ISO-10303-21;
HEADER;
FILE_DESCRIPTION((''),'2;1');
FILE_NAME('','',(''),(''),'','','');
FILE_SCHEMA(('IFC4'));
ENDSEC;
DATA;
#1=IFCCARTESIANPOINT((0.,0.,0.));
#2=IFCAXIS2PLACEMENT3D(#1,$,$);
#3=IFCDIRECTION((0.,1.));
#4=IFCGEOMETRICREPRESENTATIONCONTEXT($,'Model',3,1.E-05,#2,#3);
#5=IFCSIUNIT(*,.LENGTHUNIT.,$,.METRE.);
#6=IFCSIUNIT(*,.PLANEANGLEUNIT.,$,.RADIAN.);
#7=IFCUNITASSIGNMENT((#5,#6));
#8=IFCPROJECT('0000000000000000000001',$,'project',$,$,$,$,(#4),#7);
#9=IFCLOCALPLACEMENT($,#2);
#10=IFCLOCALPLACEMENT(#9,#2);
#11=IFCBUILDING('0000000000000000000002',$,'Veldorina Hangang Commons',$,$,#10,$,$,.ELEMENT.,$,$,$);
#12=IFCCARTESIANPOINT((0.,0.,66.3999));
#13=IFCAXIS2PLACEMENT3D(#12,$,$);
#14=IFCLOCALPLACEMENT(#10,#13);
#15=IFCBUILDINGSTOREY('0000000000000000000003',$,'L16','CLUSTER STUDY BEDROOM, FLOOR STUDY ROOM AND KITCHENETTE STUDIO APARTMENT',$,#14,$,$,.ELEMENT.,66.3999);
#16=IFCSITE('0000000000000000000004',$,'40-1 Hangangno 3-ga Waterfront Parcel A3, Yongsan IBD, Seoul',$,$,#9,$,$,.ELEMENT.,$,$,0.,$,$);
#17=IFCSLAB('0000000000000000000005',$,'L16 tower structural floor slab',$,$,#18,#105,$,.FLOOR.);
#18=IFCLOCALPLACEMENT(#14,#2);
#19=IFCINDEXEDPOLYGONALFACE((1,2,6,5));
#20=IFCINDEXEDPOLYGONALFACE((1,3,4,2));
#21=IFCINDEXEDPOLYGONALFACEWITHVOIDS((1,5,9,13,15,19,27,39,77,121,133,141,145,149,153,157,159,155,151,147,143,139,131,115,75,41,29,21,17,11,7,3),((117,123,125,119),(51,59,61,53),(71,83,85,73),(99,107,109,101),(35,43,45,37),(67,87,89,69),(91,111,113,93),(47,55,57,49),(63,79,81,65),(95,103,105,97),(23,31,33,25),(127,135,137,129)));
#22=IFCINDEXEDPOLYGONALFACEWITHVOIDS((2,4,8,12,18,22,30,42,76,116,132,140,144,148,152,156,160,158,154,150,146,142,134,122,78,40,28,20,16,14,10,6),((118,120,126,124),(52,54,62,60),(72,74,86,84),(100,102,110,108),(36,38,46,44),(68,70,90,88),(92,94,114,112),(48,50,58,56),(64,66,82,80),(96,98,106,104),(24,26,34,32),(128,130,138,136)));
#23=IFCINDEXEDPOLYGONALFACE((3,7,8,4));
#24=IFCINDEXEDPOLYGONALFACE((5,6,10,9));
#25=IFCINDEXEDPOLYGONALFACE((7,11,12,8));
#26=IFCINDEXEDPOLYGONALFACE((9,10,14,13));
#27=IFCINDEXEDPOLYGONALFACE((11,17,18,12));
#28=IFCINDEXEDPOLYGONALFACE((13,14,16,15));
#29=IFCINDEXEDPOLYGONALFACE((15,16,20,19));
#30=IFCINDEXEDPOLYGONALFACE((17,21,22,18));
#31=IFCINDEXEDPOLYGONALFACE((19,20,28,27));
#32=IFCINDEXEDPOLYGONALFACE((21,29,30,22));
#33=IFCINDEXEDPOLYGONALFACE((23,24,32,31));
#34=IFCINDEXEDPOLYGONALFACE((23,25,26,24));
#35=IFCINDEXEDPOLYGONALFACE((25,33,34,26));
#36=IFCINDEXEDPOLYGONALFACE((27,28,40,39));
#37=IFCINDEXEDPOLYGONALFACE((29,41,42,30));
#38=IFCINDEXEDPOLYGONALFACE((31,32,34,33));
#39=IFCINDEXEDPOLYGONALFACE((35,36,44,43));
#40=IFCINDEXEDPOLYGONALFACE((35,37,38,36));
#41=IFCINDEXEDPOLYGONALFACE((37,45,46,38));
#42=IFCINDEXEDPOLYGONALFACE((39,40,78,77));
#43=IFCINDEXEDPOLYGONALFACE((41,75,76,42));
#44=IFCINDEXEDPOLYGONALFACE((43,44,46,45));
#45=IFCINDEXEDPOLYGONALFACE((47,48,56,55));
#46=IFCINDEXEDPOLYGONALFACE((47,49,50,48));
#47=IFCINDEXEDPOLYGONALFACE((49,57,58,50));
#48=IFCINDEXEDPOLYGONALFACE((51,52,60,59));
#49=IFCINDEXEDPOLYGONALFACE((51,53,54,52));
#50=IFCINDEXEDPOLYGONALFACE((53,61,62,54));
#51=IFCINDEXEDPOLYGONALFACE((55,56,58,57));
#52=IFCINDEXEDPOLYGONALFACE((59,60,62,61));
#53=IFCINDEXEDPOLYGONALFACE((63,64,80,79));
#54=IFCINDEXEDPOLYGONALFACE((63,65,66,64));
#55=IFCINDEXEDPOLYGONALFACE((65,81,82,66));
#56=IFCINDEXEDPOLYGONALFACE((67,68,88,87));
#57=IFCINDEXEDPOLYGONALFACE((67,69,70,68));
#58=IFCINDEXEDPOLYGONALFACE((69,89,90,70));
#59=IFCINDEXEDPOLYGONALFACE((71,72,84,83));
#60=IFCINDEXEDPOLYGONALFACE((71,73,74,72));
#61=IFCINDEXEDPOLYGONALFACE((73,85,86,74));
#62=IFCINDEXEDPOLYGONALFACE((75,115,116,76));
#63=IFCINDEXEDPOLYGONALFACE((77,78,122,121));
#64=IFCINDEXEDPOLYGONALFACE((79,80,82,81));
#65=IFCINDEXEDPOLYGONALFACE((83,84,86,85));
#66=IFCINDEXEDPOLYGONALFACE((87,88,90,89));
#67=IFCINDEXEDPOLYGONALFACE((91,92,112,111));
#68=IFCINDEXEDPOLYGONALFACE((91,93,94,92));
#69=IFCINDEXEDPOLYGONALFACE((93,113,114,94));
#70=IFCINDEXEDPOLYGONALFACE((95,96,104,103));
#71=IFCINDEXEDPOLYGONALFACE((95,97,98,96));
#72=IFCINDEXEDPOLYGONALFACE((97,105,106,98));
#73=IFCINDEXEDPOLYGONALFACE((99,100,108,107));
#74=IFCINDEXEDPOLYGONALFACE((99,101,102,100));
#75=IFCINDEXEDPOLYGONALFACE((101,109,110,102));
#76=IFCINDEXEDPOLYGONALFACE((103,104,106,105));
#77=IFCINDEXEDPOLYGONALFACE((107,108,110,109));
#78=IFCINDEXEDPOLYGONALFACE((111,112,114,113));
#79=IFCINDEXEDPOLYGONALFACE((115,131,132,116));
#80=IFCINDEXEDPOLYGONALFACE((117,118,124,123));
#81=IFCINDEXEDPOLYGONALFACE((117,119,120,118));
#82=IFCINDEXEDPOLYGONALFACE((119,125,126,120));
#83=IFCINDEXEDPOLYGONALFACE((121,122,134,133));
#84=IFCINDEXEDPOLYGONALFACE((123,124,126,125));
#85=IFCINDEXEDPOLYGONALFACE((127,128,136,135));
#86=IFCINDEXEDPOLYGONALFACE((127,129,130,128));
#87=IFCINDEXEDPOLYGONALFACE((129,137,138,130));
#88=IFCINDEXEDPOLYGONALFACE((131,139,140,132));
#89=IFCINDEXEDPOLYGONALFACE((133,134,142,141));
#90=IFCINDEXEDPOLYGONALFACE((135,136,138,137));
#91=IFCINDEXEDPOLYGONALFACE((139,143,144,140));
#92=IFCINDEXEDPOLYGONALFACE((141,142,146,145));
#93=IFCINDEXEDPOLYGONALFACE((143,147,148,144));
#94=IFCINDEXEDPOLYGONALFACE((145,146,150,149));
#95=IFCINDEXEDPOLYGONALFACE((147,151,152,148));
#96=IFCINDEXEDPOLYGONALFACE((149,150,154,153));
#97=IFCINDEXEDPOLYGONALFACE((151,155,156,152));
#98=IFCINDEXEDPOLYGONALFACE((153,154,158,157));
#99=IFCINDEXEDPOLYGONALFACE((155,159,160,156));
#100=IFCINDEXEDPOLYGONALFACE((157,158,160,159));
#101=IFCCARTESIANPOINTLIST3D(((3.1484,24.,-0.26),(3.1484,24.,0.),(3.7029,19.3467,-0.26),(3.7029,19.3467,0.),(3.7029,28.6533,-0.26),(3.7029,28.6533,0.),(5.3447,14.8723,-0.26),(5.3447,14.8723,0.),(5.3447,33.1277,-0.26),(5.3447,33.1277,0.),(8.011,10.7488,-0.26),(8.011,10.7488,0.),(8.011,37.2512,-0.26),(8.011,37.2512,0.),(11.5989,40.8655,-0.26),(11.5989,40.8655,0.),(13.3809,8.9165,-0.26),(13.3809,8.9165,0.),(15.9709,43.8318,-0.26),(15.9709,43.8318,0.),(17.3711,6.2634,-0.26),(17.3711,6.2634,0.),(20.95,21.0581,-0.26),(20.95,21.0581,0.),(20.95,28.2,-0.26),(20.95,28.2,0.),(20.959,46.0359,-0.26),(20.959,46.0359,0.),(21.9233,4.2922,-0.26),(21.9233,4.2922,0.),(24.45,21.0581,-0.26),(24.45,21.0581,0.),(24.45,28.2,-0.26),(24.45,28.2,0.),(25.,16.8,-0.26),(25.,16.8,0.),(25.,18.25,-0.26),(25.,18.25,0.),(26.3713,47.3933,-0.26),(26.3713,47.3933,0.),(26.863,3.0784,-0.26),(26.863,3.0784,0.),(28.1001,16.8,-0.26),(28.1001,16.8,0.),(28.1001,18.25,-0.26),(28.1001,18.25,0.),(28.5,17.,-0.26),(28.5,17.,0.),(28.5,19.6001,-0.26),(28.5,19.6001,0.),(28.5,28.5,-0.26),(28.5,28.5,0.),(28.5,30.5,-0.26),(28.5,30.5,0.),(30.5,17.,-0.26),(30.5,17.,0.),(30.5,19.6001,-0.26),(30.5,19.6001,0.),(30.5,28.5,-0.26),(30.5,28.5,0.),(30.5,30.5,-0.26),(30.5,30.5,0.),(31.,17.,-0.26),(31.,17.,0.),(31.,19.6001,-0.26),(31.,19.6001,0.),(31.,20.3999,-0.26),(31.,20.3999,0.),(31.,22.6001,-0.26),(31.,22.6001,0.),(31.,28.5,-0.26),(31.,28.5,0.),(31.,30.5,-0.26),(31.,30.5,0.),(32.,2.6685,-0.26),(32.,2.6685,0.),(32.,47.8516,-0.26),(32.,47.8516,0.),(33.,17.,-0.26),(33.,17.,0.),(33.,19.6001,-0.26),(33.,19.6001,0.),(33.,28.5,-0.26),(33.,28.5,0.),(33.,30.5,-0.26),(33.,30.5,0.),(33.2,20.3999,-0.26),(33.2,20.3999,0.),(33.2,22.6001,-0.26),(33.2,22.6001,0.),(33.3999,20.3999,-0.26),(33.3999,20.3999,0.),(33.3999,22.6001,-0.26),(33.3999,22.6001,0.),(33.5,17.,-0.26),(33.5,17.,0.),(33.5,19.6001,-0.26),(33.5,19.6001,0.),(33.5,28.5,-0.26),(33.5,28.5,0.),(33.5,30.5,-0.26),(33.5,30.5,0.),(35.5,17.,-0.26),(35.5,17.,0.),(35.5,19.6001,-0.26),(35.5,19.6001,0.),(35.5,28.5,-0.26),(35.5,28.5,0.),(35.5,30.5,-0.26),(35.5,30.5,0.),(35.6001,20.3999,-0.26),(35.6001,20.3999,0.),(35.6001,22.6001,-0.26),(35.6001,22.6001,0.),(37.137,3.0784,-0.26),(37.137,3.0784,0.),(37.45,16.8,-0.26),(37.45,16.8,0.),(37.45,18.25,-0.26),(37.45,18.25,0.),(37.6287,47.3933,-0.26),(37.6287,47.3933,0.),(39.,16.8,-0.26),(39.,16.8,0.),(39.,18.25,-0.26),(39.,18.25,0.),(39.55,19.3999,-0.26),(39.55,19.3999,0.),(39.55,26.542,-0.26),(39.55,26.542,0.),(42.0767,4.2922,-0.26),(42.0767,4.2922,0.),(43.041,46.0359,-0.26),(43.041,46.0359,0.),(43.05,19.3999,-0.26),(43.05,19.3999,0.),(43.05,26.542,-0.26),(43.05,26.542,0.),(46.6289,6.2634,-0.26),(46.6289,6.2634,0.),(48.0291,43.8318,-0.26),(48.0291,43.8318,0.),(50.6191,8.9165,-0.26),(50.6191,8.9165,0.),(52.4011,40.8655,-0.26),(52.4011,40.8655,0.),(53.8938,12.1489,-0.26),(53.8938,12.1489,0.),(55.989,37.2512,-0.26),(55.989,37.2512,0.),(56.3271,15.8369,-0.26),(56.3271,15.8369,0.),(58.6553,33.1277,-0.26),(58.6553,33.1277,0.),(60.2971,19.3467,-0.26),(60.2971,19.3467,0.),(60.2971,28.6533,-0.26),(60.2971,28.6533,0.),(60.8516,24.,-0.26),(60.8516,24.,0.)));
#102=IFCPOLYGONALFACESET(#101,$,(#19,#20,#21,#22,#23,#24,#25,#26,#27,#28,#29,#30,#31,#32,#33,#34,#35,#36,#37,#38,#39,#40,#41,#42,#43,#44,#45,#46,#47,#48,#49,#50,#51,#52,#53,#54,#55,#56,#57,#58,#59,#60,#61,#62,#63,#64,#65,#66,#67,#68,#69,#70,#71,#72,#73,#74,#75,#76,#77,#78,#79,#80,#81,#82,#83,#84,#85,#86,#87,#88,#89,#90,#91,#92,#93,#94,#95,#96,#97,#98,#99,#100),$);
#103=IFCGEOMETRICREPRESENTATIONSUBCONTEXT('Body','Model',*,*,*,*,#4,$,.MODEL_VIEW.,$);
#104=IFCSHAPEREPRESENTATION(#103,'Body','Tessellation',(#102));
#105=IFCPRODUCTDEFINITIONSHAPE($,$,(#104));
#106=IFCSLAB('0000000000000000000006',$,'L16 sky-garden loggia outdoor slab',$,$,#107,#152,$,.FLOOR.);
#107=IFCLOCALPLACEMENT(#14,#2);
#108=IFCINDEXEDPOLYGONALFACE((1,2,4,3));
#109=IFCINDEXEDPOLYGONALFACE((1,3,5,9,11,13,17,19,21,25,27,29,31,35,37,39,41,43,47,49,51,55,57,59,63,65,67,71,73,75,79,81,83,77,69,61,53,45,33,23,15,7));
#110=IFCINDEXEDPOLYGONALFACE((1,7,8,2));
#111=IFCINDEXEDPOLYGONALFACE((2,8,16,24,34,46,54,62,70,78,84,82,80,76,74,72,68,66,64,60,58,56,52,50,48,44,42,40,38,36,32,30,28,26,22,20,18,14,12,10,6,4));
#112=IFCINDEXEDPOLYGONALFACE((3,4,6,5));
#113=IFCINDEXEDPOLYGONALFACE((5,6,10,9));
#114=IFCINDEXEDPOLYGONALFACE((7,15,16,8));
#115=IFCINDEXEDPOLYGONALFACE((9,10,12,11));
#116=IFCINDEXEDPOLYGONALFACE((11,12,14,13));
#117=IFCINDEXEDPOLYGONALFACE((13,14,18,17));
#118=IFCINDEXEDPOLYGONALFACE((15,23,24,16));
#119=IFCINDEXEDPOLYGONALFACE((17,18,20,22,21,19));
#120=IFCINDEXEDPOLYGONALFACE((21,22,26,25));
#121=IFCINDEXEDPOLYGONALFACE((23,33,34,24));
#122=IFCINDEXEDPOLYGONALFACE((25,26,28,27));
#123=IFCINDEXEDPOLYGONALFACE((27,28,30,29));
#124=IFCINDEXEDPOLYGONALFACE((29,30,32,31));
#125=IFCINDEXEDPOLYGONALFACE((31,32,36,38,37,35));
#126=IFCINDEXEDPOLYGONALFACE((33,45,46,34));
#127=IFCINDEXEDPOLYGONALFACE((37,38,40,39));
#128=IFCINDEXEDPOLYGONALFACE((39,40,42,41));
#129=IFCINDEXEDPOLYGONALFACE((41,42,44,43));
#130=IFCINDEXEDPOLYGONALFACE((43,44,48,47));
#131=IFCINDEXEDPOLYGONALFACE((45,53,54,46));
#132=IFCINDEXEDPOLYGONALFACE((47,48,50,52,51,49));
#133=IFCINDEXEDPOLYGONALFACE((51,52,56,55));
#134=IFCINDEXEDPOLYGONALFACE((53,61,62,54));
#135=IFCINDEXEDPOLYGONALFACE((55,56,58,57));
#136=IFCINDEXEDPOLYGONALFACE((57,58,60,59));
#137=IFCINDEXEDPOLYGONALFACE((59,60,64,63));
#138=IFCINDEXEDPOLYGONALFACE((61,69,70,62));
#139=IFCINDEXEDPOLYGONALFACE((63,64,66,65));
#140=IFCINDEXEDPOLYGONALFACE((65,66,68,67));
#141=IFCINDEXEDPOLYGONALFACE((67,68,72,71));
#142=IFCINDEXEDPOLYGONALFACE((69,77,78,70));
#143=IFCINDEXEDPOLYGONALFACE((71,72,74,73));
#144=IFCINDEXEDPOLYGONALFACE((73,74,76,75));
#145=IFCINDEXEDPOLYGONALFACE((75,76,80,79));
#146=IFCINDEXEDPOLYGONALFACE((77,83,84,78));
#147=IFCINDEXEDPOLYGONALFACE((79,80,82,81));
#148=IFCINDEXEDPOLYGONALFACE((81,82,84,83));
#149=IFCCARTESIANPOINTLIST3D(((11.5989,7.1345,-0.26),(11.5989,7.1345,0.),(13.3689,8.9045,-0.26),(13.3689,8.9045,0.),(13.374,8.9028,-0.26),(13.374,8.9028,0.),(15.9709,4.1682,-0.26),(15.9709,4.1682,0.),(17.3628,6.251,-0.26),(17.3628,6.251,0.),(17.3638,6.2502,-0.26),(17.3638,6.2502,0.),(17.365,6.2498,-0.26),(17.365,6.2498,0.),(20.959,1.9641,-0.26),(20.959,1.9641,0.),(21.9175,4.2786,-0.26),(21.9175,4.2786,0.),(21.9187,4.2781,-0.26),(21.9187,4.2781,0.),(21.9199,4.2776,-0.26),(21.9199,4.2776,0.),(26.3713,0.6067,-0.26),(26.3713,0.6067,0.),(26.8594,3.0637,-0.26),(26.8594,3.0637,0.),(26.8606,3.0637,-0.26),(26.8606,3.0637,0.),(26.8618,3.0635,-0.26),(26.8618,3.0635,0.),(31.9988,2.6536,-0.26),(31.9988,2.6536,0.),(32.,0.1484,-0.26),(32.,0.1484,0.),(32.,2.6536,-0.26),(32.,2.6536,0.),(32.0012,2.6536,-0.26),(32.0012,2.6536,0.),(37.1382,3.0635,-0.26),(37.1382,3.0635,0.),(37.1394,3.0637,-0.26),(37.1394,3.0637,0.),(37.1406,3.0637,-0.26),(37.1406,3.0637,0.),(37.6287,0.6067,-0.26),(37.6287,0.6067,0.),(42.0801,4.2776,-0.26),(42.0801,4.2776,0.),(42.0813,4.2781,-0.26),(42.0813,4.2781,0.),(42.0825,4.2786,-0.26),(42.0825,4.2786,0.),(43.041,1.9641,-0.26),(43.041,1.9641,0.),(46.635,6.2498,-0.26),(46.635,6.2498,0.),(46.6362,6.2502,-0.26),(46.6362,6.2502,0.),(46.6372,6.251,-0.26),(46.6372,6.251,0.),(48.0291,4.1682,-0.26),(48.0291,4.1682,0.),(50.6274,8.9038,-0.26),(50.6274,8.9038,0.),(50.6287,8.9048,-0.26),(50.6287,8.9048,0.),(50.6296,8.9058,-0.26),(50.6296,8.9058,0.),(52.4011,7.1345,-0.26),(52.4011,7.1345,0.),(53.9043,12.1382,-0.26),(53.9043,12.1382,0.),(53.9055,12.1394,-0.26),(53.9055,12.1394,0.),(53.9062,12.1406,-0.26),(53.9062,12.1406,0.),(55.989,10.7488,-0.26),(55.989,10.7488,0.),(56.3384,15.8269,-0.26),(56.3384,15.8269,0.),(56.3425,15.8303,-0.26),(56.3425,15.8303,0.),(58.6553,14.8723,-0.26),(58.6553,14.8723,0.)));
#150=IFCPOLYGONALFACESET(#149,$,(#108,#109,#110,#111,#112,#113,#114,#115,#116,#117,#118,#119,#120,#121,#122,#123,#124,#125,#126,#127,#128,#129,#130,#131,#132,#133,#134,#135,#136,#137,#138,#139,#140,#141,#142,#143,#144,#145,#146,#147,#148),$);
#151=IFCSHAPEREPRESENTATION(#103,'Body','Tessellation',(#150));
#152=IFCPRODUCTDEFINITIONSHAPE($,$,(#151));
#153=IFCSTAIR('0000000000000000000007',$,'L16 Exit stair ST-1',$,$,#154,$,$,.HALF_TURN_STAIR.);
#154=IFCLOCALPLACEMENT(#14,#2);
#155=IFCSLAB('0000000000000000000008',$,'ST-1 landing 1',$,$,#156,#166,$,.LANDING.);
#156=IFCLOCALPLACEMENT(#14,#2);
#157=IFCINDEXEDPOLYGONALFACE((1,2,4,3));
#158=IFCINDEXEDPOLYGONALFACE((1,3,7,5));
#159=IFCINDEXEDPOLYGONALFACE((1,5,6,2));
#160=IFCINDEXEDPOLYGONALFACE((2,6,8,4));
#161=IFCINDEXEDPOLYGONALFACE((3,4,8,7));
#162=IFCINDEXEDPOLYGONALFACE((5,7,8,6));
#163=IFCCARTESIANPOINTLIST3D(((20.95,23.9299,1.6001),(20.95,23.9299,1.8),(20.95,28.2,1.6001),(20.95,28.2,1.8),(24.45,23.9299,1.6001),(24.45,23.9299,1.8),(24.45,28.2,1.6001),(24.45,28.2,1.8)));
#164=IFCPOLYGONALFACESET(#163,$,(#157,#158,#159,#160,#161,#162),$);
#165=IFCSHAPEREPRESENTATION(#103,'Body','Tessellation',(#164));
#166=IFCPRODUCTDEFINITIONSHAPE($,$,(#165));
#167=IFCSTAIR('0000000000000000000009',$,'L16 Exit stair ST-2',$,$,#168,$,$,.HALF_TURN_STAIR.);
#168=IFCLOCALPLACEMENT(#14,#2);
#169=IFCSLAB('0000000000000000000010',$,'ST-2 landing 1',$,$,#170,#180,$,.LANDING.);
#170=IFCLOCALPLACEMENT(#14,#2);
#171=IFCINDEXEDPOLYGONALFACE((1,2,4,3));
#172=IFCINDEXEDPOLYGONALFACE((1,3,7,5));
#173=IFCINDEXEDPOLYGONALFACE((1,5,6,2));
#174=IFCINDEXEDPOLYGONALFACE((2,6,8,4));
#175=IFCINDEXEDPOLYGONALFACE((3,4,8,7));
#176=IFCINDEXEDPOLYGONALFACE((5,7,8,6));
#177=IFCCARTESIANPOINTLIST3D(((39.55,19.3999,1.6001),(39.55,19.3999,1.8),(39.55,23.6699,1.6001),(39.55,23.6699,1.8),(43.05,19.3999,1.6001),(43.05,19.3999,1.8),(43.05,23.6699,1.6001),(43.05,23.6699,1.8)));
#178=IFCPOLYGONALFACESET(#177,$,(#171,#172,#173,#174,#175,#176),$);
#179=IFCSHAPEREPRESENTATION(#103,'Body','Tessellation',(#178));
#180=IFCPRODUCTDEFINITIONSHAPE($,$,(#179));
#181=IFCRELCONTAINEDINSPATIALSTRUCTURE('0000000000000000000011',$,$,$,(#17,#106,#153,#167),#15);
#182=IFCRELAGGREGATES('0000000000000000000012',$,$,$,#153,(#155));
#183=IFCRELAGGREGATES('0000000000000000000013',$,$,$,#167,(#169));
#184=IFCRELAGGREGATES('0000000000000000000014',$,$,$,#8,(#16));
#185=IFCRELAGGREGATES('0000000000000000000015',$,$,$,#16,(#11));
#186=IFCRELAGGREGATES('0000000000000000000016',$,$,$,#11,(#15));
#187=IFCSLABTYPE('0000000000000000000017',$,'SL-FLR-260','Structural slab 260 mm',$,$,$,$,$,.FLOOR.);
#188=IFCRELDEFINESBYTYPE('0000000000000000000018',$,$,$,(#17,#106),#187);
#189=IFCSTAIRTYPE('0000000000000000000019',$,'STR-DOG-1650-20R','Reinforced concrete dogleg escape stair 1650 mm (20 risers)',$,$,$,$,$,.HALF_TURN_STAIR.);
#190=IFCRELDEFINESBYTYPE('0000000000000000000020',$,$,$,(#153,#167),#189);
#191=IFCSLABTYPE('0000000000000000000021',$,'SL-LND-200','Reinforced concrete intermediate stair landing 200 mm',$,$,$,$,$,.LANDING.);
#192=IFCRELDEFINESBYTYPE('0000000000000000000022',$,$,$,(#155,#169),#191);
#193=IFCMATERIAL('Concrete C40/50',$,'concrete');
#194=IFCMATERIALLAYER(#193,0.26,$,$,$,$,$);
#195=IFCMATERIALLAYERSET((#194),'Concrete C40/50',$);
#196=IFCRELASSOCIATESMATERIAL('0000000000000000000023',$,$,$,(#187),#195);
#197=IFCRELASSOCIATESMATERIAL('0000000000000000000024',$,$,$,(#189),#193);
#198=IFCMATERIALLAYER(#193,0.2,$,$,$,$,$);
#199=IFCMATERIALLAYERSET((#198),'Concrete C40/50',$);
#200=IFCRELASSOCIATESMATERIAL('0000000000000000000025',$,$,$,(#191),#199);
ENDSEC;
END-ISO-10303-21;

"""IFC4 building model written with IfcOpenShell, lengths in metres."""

from ifc_helpers import new_model, si_unit, direction, frame, origin, place, context, subcontext, project, spatial, polyline, outline, extrude, material, layer, layer_set, type_object, element, aggregate, save


model = new_model("IFC4")

# Units and contexts
model_context = context("Model", 3, precision=1e-05, world=origin(), true_north=direction((0.0, 1.0)))
body_context = subcontext(model_context, "Body", "Model", "MODEL_VIEW")
ifc_project = project(units=[si_unit("LENGTHUNIT", "METRE"), si_unit("PLANEANGLEUNIT", "RADIAN")], contexts=[model_context])

# Site, building, storey
site_placement = place(None, origin())
site = spatial("IfcSite", under=ifc_project, at=site_placement, Name="40-1 Hangangno 3-ga Waterfront Parcel A3, Yongsan IBD, Seoul", CompositionType="ELEMENT", RefElevation=0.0)
building_placement = place(site_placement, origin())
building = spatial("IfcBuilding", under=site, at=building_placement, Name="Veldorina Hangang Commons", CompositionType="ELEMENT")
storey_placement = place(building_placement, frame((0.0, 0.0, 66.3999)))
storey = spatial("IfcBuildingStorey", under=building, at=storey_placement, Name="L16", Description="CLUSTER STUDY BEDROOM, FLOOR STUDY ROOM AND KITCHENETTE STUDIO APARTMENT", CompositionType="ELEMENT", Elevation=66.3999)

# Slabs
ifc_material_1 = material(Name="Concrete C40/50", Category="concrete")
ifc_layer_1 = layer(ifc_material_1, 0.26)
ifc_layer_set_1 = layer_set([ifc_layer_1], Name="Concrete C40/50")
slab_type_1 = type_object("IfcSlabType", Name="SL-FLR-260", Description="Structural slab 260 mm", PredefinedType="FLOOR", material=ifc_layer_set_1)
slab_1_placement = place(storey_placement, frame((0.0, 0.0, -0.26)))
element("IfcSlab", 1, at=slab_1_placement, inside=storey, type_object=slab_type_1, Name="L16 tower structural floor slab", PredefinedType="FLOOR", context=body_context, shape_type="SweptSolid", body=[
    extrude(outline(polyline([(60.8516, 24.0), (60.2971, 28.6533), (58.6553, 33.1277), (55.989, 37.2512), (52.4011, 40.8655), (48.0291, 43.8318), (43.041, 46.0359), (37.6287, 47.3933), (32.0, 47.8516), (26.3713, 47.3933), (20.959, 46.0359), (15.9709, 43.8318), (11.5989, 40.8655), (8.011, 37.2512), (5.3447, 33.1277), (3.7029, 28.6533), (3.1484, 24.0), (3.7029, 19.3467), (5.3447, 14.8723), (8.011, 10.7488), (13.3809, 8.9165), (17.3711, 6.2634), (21.9233, 4.2922), (26.863, 3.0784), (32.0, 2.6685), (37.137, 3.0784), (42.0767, 4.2922), (46.6289, 6.2634), (50.6191, 8.9165), (53.8938, 12.1489), (56.3271, 15.8369), (60.2971, 19.3467), (60.8516, 24.0)]), holes=[polyline([(20.95, 21.0581), (20.95, 28.2), (24.45, 28.2), (24.45, 21.0581), (20.95, 21.0581)]), polyline([(43.05, 26.542), (43.05, 19.3999), (39.55, 19.3999), (39.55, 26.542), (43.05, 26.542)]), polyline([(28.5, 30.5), (30.5, 30.5), (30.5, 28.5), (28.5, 28.5), (28.5, 30.5)]), polyline([(31.0, 30.5), (33.0, 30.5), (33.0, 28.5), (31.0, 28.5), (31.0, 30.5)]), polyline([(33.5, 30.5), (35.5, 30.5), (35.5, 28.5), (33.5, 28.5), (33.5, 30.5)]), polyline([(31.0, 22.6001), (33.2, 22.6001), (33.2, 20.3999), (31.0, 20.3999), (31.0, 22.6001)]), polyline([(33.3999, 22.6001), (35.6001, 22.6001), (35.6001, 20.3999), (33.3999, 20.3999), (33.3999, 22.6001)]), polyline([(28.5, 19.6001), (30.5, 19.6001), (30.5, 17.0), (28.5, 17.0), (28.5, 19.6001)]), polyline([(31.0, 19.6001), (33.0, 19.6001), (33.0, 17.0), (31.0, 17.0), (31.0, 19.6001)]), polyline([(33.5, 19.6001), (35.5, 19.6001), (35.5, 17.0), (33.5, 17.0), (33.5, 19.6001)]), polyline([(25.0, 18.25), (28.1001, 18.25), (28.1001, 16.8), (25.0, 16.8), (25.0, 18.25)]), polyline([(37.45, 18.25), (39.0, 18.25), (39.0, 16.8), (37.45, 16.8), (37.45, 18.25)])]), origin(), (0.0, 0.0, 1.0), 0.26),
])
slab_2_placement = place(storey_placement, frame((0.0, 0.0, -0.26)))
element("IfcSlab", 2, at=slab_2_placement, inside=storey, type_object=slab_type_1, Name="L16 sky-garden loggia outdoor slab", PredefinedType="FLOOR", context=body_context, shape_type="SweptSolid", body=[
    extrude(outline(polyline([(58.6553, 14.8723), (55.989, 10.7488), (52.4011, 7.1345), (48.0291, 4.1682), (43.041, 1.9641), (37.6287, 0.6067), (32.0, 0.1484), (26.3713, 0.6067), (20.959, 1.9641), (15.9709, 4.1682), (11.5989, 7.1345), (13.3689, 8.9045), (13.374, 8.9028), (17.3628, 6.251), (17.3638, 6.2502), (17.365, 6.2498), (21.9175, 4.2786), (21.9187, 4.2781), (21.9199, 4.2776), (26.8594, 3.0637), (26.8606, 3.0637), (26.8618, 3.0635), (31.9988, 2.6536), (32.0, 2.6536), (32.0012, 2.6536), (37.1382, 3.0635), (37.1394, 3.0637), (37.1406, 3.0637), (42.0801, 4.2776), (42.0813, 4.2781), (42.0825, 4.2786), (46.635, 6.2498), (46.6362, 6.2502), (46.6372, 6.251), (50.6274, 8.9038), (50.6287, 8.9048), (50.6296, 8.9058), (53.9043, 12.1382), (53.9055, 12.1394), (53.9062, 12.1406), (56.3384, 15.8269), (56.3425, 15.8303), (58.6553, 14.8723)])), origin(), (0.0, 0.0, 1.0), 0.26),
])

# Stairs, slabs
stair_type = type_object("IfcStairType", Name="STR-DOG-1650-20R", Description="Reinforced concrete dogleg escape stair 1650 mm (20 risers)", PredefinedType="HALF_TURN_STAIR", material=ifc_material_1)
stair_1_placement = place(storey_placement, origin())
stair_1 = element("IfcStair", 3, at=stair_1_placement, inside=storey, type_object=stair_type, Name="L16 Exit stair ST-1", PredefinedType="HALF_TURN_STAIR")
ifc_layer_2 = layer(ifc_material_1, 0.2)
ifc_layer_set_2 = layer_set([ifc_layer_2], Name="Concrete C40/50")
slab_type_2 = type_object("IfcSlabType", Name="SL-LND-200", Description="Reinforced concrete intermediate stair landing 200 mm", PredefinedType="LANDING", material=ifc_layer_set_2)
slab_3_placement = place(storey_placement, frame((0.0, 0.0, 1.6001)))
slab_3 = element("IfcSlab", 4, at=slab_3_placement, type_object=slab_type_2, Name="ST-1 landing 1", PredefinedType="LANDING", context=body_context, shape_type="SweptSolid", body=[
    extrude(outline(polyline([(24.45, 23.9299), (24.45, 28.2), (20.95, 28.2), (20.95, 23.9299), (24.45, 23.9299)])), origin(), (0.0, 0.0, 1.0), 0.2),
])
aggregate(stair_1, [slab_3])
stair_2_placement = place(storey_placement, origin())
stair_2 = element("IfcStair", 5, at=stair_2_placement, inside=storey, type_object=stair_type, Name="L16 Exit stair ST-2", PredefinedType="HALF_TURN_STAIR")
slab_4_placement = place(storey_placement, frame((0.0, 0.0, 1.6001)))
slab_4 = element("IfcSlab", 6, at=slab_4_placement, type_object=slab_type_2, Name="ST-2 landing 1", PredefinedType="LANDING", context=body_context, shape_type="SweptSolid", body=[
    extrude(outline(polyline([(39.55, 23.6699), (39.55, 19.3999), (43.05, 19.3999), (43.05, 23.6699), (39.55, 23.6699)])), origin(), (0.0, 0.0, 1.0), 0.2),
])
aggregate(stair_2, [slab_4])

save(model, "model.ifc")
